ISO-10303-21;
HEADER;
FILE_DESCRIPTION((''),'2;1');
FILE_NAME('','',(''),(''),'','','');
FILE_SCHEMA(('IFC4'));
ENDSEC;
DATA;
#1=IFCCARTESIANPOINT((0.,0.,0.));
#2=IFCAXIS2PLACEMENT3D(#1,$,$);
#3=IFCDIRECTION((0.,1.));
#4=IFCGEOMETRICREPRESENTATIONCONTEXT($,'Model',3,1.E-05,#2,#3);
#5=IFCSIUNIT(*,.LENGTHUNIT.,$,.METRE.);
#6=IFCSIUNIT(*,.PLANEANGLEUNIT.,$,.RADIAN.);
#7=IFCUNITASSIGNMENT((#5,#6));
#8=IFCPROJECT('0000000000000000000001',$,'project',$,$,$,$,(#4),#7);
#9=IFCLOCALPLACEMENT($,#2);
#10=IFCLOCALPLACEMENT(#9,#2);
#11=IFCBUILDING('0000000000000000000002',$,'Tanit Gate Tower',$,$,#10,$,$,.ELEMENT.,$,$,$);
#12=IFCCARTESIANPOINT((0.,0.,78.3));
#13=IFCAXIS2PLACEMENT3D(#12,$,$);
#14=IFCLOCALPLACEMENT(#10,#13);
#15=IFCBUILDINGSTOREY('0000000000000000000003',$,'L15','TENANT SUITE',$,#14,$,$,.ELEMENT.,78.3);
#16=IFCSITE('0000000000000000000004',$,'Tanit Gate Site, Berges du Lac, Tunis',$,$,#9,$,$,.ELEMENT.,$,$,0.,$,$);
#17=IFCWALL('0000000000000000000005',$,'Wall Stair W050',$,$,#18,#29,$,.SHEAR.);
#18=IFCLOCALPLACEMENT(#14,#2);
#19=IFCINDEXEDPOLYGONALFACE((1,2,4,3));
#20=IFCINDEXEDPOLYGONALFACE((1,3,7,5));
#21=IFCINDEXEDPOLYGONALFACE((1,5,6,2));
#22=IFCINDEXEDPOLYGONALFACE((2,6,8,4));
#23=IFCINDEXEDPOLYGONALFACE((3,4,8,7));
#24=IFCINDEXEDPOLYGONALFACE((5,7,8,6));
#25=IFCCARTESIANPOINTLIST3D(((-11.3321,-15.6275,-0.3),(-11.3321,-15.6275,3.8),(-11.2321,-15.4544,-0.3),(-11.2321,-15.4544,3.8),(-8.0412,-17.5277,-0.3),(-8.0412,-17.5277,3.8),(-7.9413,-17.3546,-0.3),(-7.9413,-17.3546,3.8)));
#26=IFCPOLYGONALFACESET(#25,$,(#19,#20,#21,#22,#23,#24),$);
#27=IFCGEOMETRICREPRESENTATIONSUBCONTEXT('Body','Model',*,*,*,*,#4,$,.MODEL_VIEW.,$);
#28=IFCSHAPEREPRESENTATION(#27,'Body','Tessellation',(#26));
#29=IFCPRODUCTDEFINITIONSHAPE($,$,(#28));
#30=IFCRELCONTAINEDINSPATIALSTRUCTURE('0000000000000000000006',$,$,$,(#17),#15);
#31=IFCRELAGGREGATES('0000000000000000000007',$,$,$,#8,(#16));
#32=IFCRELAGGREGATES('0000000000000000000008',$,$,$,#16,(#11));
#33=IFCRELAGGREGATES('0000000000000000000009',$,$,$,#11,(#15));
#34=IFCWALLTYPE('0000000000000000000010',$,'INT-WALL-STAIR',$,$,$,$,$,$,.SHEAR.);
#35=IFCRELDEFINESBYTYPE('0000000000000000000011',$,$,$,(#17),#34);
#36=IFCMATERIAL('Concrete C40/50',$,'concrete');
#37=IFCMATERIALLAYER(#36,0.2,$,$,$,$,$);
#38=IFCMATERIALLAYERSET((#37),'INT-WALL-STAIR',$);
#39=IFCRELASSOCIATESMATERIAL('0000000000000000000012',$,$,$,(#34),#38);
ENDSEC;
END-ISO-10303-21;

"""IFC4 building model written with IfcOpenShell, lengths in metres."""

from ifc_helpers import new_model, si_unit, direction, frame, frame_2d, origin, place, context, subcontext, project, spatial, rectangle, extrude, material, layer, layer_set, type_object, element, save


model = new_model("IFC4")

# Units and contexts
model_context = context("Model", 3, precision=1e-05, world=origin(), true_north=direction((0.0, 1.0)))
body_context = subcontext(model_context, "Body", "Model", "MODEL_VIEW")
ifc_project = project(units=[si_unit("LENGTHUNIT", "METRE"), si_unit("PLANEANGLEUNIT", "RADIAN")], contexts=[model_context])

# Site, building, storey
site_placement = place(None, origin())
site = spatial("IfcSite", under=ifc_project, at=site_placement, Name="Tanit Gate Site, Berges du Lac, Tunis", CompositionType="ELEMENT", RefElevation=0.0)
building_placement = place(site_placement, origin())
building = spatial("IfcBuilding", under=site, at=building_placement, Name="Tanit Gate Tower", CompositionType="ELEMENT")
storey_placement = place(building_placement, frame((0.0, 0.0, 78.3)))
storey = spatial("IfcBuildingStorey", under=building, at=storey_placement, Name="L15", Description="TENANT SUITE", CompositionType="ELEMENT", Elevation=78.3)

# Wall
ifc_material_1 = material(Name="Concrete C40/50", Category="concrete")
ifc_layer_1 = layer(ifc_material_1, 0.2)
ifc_layer_set_1 = layer_set([ifc_layer_1], Name="INT-WALL-STAIR")
wall_type_1 = type_object("IfcWallType", Name="INT-WALL-STAIR", PredefinedType="SHEAR", material=ifc_layer_set_1)
wall_1_placement = place(storey_placement, frame((-11.282, -15.541, -0.3), z_axis=(0.0, 0.0, 1.0), x_axis=(0.866, -0.500043, 0.0)))
element("IfcWall", 1, at=wall_1_placement, inside=storey, type_object=wall_type_1, Name="Wall Stair W050", PredefinedType="SHEAR", context=body_context, shape_type="SweptSolid", body=[
    extrude(rectangle(XDim=3.8, YDim=0.2, at=frame_2d((1.8999, 0.0))), origin(), (0.0, 0.0, 1.0), 4.1001),
])

save(model, "model.ifc")
